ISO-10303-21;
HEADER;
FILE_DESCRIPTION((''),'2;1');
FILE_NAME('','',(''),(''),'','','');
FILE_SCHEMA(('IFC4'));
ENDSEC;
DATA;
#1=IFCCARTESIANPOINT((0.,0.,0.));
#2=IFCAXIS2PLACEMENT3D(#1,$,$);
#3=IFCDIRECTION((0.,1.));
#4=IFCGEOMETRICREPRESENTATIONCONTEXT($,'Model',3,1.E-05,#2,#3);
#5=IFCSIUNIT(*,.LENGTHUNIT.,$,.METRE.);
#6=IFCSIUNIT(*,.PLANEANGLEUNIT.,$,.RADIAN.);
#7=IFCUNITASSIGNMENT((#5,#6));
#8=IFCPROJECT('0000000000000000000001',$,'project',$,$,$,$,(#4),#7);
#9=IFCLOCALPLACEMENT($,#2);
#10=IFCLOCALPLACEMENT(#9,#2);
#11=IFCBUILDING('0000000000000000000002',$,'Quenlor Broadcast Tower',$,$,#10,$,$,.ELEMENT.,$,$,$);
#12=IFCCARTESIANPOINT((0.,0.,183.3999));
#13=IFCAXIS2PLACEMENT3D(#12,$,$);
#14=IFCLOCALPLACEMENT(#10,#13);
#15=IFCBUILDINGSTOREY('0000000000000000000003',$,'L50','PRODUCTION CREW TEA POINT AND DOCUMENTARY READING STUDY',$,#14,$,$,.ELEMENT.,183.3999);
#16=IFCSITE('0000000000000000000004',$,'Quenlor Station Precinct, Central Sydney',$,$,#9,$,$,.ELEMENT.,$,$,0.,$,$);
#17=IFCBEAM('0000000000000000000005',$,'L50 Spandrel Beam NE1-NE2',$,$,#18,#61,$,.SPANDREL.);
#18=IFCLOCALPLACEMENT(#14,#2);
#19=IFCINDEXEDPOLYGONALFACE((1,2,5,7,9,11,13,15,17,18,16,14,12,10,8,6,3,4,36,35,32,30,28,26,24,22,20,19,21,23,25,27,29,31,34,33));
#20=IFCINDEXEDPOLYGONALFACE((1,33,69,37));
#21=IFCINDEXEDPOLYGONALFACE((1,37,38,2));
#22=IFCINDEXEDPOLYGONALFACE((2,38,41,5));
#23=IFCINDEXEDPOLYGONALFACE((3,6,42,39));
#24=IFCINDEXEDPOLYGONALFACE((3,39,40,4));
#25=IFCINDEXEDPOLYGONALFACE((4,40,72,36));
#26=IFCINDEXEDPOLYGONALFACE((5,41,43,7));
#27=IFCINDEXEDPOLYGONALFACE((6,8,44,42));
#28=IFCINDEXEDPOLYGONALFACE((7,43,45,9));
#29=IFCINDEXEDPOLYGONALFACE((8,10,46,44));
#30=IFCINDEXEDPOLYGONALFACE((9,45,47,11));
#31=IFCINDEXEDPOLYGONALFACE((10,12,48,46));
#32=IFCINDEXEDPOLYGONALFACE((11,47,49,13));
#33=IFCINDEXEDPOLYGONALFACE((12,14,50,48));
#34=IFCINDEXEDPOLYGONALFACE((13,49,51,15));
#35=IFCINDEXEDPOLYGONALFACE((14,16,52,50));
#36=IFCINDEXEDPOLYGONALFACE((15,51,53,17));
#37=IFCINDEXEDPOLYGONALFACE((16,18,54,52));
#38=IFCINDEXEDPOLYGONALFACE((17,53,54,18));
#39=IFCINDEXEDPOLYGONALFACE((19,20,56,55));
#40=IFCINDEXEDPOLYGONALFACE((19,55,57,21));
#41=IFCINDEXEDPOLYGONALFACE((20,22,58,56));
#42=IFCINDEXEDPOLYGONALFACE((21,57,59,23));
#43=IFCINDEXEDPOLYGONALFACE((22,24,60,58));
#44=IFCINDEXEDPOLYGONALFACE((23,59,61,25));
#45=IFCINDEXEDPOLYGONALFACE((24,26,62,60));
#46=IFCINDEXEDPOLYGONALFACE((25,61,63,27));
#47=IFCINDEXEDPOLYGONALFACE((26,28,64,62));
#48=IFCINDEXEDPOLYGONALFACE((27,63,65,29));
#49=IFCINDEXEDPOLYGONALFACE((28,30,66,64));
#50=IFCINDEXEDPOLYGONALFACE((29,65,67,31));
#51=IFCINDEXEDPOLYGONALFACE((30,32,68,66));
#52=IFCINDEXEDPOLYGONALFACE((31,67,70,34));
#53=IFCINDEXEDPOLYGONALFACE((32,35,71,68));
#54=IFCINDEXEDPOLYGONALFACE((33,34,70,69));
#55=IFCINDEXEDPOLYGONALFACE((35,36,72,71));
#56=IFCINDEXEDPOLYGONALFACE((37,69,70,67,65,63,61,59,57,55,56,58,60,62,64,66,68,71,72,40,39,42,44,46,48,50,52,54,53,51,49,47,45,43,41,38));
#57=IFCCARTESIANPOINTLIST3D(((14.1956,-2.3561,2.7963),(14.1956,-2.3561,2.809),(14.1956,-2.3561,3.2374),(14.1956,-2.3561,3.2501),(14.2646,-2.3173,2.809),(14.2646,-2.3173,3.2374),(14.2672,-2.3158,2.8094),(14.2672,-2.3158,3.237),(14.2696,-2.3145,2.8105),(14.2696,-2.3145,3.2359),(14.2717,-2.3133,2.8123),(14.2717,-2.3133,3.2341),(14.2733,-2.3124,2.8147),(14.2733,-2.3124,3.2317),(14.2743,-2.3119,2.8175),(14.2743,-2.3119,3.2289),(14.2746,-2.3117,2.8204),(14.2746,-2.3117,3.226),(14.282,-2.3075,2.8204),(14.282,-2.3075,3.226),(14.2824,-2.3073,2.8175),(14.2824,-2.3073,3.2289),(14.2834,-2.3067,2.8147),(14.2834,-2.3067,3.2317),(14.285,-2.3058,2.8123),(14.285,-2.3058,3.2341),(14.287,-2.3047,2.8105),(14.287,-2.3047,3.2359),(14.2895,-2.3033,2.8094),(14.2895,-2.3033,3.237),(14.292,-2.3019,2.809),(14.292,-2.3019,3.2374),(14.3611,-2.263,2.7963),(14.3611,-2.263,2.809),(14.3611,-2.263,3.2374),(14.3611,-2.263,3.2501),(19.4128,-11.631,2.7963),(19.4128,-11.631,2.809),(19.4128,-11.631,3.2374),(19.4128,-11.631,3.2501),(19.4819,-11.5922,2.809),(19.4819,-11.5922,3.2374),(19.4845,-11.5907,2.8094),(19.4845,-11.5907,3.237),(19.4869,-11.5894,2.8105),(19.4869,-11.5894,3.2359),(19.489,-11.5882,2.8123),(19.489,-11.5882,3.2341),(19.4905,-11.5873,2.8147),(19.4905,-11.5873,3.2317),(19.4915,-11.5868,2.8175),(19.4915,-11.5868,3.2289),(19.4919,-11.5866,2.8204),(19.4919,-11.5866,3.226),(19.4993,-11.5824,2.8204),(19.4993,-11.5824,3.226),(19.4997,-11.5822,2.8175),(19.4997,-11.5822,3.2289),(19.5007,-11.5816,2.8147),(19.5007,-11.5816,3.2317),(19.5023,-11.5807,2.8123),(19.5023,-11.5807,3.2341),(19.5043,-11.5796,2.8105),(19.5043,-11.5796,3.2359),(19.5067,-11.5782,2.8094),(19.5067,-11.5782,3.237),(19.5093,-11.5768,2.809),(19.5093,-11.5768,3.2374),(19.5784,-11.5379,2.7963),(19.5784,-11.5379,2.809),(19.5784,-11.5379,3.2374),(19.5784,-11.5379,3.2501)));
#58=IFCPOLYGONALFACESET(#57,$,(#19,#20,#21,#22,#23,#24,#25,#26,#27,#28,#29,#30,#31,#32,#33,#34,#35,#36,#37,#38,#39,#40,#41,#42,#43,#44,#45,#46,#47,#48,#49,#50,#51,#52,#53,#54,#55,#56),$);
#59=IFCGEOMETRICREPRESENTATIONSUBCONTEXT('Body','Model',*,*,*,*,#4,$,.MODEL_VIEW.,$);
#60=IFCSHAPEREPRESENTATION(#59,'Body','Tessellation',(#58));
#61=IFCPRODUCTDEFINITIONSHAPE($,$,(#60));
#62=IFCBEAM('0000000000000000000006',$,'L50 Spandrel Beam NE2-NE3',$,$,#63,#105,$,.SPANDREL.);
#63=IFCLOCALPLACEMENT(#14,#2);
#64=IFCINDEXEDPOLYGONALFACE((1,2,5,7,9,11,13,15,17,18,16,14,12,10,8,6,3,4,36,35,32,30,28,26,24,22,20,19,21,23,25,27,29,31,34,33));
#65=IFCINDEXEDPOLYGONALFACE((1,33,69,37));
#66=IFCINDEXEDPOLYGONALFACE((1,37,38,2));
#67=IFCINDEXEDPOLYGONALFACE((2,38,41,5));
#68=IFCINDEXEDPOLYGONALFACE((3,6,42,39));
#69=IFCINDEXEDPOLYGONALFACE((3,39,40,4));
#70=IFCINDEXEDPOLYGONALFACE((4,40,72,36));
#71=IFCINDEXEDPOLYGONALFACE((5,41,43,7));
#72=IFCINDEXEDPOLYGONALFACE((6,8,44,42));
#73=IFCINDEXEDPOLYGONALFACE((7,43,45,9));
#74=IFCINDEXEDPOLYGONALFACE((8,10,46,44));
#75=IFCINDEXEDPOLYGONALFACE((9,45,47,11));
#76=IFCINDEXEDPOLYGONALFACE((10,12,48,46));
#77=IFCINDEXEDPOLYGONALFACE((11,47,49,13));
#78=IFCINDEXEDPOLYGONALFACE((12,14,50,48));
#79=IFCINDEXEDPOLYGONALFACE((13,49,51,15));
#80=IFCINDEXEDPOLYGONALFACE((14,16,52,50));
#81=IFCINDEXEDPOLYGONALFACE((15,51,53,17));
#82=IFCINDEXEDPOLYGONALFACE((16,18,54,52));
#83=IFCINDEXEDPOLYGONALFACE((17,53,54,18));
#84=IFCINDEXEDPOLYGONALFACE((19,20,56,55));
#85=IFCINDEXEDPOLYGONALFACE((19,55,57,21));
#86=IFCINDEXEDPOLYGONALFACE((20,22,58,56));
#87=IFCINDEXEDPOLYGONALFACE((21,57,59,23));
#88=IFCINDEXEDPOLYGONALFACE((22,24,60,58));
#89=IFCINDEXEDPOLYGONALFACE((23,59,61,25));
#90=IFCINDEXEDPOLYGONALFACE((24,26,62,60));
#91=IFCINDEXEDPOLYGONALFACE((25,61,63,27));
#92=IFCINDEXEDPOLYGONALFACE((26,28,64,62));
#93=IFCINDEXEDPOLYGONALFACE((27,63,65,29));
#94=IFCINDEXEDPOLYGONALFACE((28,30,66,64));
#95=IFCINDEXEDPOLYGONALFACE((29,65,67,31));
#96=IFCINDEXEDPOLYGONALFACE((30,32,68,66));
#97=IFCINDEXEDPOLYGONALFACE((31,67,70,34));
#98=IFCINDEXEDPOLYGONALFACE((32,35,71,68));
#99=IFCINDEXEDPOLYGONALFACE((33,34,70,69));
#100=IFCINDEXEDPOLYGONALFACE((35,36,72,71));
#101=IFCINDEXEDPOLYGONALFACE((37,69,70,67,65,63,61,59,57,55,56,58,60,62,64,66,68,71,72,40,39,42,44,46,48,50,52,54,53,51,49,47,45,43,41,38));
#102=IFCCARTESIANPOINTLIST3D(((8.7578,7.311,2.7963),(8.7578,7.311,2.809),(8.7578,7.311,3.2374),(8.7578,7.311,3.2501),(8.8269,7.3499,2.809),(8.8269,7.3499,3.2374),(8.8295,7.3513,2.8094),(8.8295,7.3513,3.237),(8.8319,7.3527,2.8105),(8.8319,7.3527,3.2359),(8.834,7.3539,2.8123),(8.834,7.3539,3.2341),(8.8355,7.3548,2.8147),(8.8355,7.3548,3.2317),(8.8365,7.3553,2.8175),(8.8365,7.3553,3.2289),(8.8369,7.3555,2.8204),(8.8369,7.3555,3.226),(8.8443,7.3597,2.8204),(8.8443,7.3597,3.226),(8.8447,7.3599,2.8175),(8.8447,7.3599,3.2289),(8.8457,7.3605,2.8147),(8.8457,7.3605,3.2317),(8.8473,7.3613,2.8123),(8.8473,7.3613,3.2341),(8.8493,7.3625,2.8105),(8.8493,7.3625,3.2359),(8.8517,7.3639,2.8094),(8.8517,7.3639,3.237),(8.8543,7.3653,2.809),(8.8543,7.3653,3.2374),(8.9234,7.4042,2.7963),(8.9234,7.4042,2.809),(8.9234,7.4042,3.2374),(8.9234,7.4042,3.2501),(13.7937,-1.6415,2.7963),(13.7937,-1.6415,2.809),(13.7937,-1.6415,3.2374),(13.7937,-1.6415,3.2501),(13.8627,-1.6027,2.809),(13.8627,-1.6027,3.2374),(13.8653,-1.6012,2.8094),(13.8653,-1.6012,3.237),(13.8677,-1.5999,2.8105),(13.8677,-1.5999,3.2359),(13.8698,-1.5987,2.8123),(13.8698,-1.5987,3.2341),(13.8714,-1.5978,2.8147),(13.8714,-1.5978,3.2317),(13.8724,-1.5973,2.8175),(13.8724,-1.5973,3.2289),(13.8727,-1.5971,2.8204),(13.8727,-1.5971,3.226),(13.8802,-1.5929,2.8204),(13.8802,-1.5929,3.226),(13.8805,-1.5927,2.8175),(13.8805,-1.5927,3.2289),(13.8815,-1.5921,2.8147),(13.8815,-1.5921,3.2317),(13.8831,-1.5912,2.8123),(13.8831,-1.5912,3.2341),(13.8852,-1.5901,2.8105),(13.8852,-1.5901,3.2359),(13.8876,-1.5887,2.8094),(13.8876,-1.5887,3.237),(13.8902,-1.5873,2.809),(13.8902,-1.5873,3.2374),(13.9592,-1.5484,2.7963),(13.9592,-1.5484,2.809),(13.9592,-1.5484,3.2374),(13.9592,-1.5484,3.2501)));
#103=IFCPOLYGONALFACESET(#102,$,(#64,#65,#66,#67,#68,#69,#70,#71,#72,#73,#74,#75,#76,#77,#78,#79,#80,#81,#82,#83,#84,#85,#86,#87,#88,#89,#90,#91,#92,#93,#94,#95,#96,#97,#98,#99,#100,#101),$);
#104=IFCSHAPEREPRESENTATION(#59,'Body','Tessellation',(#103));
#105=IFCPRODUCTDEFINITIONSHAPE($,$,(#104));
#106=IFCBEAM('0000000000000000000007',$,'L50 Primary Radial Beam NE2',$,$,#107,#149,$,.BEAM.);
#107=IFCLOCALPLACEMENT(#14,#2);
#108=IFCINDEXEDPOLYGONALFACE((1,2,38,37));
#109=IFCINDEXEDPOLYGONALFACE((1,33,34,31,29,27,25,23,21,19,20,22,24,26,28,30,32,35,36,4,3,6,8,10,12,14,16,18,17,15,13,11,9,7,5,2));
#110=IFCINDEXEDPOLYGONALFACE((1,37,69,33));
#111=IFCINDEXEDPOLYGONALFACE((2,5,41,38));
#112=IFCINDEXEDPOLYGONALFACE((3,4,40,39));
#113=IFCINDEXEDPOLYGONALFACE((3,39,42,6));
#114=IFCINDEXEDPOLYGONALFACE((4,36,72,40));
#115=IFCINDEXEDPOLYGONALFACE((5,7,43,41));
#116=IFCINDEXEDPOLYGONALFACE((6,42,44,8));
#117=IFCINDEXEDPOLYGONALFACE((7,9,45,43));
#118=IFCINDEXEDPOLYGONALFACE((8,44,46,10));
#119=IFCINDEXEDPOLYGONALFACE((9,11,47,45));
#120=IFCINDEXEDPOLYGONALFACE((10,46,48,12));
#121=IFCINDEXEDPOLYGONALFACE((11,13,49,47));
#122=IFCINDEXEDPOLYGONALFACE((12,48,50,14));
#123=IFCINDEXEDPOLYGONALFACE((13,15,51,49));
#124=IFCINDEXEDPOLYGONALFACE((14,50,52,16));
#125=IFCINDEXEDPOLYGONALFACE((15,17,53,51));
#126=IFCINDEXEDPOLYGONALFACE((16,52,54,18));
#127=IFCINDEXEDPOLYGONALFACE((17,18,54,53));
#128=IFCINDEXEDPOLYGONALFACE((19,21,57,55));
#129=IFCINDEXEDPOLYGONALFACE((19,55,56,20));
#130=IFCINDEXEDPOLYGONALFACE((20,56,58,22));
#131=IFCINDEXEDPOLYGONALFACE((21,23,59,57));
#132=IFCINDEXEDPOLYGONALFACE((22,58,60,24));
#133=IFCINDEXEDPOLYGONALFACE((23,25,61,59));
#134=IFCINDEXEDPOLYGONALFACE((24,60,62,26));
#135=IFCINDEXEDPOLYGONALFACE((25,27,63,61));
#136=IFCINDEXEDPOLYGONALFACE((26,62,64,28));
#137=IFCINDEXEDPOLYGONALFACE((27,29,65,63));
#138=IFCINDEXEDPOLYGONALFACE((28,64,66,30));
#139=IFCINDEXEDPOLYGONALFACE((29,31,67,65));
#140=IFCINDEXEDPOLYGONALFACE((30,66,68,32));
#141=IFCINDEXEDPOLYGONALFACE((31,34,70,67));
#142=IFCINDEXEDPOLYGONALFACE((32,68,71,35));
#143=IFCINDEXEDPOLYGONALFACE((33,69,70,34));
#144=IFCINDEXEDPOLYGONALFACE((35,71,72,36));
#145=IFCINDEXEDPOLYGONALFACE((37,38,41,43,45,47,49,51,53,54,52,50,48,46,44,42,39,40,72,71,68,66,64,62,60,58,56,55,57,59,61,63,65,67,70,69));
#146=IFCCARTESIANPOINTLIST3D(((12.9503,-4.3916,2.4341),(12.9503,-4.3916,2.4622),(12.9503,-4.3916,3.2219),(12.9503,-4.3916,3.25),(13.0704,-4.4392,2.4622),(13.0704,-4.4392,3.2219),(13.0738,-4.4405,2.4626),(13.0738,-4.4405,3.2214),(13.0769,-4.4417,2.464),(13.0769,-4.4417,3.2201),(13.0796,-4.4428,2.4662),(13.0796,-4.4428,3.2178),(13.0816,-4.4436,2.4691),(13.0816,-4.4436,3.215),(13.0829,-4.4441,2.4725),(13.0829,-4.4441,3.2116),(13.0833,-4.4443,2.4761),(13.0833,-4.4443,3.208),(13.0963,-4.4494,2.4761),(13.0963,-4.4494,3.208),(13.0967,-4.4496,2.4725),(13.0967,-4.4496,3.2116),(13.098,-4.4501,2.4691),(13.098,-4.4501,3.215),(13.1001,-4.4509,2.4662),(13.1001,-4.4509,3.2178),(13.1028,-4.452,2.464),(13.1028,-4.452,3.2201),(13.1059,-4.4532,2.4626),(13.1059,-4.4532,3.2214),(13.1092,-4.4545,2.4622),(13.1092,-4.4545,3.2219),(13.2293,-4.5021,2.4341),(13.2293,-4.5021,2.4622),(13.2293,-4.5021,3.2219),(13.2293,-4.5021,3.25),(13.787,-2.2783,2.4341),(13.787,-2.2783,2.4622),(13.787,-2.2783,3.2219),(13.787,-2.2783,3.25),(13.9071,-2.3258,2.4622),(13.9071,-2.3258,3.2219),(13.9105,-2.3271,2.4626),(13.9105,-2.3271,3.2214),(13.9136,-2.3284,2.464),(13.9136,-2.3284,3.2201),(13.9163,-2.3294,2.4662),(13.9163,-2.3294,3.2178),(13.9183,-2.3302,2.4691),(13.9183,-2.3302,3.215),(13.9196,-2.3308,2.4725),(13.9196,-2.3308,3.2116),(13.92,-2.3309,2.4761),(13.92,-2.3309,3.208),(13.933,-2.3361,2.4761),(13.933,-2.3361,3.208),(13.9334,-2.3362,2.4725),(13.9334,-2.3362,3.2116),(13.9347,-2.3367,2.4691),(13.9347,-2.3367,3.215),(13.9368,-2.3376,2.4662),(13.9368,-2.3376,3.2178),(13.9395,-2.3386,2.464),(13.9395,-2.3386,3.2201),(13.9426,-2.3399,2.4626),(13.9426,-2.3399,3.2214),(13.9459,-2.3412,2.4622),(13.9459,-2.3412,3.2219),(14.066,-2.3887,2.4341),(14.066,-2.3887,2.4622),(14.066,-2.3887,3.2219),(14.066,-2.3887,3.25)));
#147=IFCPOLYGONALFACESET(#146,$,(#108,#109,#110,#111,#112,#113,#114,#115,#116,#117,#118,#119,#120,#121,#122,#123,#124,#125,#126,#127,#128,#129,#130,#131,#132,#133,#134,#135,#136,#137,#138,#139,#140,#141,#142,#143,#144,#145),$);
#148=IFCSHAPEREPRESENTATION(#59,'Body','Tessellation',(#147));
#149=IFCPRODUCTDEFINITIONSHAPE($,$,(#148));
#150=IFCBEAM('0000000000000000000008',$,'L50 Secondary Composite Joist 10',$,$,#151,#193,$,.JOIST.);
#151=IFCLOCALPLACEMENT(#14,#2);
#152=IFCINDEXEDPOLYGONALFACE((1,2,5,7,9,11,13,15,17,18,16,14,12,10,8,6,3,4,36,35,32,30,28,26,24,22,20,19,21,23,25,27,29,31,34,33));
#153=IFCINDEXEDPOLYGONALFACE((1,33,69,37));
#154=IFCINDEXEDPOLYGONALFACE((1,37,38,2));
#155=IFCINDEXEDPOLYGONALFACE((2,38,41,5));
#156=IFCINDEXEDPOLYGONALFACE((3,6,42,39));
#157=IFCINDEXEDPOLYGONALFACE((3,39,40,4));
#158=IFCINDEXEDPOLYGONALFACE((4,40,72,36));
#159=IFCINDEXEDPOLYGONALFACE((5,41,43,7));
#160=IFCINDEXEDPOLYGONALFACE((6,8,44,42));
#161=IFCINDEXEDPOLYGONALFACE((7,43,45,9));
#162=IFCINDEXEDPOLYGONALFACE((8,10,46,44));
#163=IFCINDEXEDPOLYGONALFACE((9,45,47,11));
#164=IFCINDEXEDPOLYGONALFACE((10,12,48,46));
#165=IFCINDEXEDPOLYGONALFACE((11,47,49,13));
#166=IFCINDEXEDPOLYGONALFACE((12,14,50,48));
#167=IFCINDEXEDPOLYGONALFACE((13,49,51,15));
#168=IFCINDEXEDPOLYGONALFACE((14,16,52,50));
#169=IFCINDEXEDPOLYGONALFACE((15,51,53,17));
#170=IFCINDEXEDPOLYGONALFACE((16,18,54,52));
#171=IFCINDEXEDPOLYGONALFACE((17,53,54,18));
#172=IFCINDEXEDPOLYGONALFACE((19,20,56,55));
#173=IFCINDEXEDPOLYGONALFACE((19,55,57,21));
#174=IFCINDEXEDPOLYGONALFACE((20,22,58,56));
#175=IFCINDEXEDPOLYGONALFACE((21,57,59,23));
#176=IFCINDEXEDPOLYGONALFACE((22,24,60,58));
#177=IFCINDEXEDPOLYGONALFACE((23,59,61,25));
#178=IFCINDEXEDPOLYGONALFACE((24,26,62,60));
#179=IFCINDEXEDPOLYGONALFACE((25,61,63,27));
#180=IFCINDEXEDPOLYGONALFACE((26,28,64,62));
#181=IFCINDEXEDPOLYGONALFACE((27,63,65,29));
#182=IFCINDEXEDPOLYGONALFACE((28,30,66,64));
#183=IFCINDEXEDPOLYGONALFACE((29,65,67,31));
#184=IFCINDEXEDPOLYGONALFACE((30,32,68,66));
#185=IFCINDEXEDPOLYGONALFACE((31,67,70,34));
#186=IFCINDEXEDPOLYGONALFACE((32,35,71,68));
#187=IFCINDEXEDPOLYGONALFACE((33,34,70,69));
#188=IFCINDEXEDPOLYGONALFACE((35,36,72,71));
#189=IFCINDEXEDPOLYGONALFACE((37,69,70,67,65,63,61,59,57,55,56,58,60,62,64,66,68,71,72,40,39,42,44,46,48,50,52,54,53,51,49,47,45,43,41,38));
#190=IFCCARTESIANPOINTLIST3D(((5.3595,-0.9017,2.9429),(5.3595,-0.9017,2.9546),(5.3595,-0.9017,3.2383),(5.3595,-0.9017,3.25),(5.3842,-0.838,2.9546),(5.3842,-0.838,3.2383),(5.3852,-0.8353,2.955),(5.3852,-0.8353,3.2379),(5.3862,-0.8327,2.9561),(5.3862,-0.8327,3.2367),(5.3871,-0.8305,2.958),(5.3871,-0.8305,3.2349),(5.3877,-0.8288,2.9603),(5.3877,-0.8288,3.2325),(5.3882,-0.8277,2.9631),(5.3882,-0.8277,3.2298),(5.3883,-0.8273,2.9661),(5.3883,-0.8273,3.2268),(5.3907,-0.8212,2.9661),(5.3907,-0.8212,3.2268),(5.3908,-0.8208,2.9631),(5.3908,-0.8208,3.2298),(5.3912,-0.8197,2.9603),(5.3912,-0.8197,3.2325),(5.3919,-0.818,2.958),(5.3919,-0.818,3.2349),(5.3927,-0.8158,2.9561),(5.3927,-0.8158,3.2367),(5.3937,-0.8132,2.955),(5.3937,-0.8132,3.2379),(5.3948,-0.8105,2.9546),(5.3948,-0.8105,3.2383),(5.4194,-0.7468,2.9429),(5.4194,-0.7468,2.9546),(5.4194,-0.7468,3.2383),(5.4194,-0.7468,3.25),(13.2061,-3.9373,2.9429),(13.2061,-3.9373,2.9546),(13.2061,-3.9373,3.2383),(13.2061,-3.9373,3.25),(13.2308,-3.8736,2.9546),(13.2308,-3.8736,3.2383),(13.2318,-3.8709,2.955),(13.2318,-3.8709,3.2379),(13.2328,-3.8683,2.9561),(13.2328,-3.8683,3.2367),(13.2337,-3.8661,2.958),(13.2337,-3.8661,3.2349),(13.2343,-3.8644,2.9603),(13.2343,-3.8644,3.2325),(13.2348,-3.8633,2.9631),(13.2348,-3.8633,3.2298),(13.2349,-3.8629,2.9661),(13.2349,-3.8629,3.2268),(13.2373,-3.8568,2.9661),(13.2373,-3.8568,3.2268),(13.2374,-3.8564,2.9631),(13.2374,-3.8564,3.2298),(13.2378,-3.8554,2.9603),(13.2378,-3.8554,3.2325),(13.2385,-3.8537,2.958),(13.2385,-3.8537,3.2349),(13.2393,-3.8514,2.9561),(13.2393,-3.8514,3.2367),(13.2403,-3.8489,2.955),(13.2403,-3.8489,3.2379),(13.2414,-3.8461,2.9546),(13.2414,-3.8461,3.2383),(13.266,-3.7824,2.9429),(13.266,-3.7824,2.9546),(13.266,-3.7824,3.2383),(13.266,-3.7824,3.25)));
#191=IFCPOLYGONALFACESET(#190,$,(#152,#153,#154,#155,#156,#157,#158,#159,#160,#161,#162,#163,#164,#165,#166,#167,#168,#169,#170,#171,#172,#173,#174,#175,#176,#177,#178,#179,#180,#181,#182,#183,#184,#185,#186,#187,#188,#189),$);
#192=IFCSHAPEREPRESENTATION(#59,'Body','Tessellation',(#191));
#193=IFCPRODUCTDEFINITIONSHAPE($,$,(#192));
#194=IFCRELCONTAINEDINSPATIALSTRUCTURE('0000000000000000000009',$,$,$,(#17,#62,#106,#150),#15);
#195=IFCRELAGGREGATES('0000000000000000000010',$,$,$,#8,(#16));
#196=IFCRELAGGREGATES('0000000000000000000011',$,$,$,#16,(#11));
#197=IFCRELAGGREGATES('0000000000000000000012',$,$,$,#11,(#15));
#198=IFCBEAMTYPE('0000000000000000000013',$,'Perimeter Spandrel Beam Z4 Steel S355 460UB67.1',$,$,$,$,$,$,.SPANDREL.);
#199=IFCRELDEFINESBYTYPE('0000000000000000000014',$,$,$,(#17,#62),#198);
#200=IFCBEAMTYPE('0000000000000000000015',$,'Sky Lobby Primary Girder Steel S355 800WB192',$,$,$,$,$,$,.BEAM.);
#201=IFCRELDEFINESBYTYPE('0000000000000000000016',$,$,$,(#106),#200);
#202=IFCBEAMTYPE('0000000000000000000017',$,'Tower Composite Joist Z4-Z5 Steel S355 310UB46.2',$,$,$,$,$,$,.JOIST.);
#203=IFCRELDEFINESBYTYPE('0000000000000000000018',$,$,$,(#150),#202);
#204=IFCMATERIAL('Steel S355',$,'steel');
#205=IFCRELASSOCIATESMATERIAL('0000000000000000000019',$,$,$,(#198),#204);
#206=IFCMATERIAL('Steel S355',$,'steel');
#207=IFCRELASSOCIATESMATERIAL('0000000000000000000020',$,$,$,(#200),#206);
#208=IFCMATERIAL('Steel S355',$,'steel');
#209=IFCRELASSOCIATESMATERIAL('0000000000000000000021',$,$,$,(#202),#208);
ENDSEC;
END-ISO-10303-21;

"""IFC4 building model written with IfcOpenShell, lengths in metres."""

from ifc_helpers import new_model, si_unit, direction, frame, origin, origin_2d, place, context, subcontext, project, spatial, i_section, extrude, material, material_profile, profile_set, type_object, element, save


model = new_model("IFC4")

# Units and contexts
model_context = context("Model", 3, precision=1e-05, world=origin(), true_north=direction((0.0, 1.0)))
body_context = subcontext(model_context, "Body", "Model", "MODEL_VIEW")
ifc_project = project(units=[si_unit("LENGTHUNIT", "METRE"), si_unit("PLANEANGLEUNIT", "RADIAN")], contexts=[model_context])

# Site, building, storey
site_placement = place(None, origin())
site = spatial("IfcSite", under=ifc_project, at=site_placement, Name="Quenlor Station Precinct, Central Sydney", CompositionType="ELEMENT", RefElevation=0.0)
building_placement = place(site_placement, origin())
building = spatial("IfcBuilding", under=site, at=building_placement, Name="Quenlor Broadcast Tower", CompositionType="ELEMENT")
storey_placement = place(building_placement, frame((0.0, 0.0, 183.3999)))
storey = spatial("IfcBuildingStorey", under=building, at=storey_placement, Name="L50", Description="PRODUCTION CREW TEA POINT AND DOCUMENTARY READING STUDY", CompositionType="ELEMENT", Elevation=183.3999)

# Beams
ifc_material_1 = material(Name="Steel S355", Category="steel")
ifc_material_profile_1 = material_profile(ifc_material_1, i_section(OverallWidth=0.1899, OverallDepth=0.4539, WebThickness=0.0085, FlangeThickness=0.0127, FilletRadius=0.0115, at=origin_2d()))
ifc_profile_set_1 = profile_set([ifc_material_profile_1], Name="Steel S355 460UB67.1")
beam_type_1 = type_object("IfcBeamType", Name="Perimeter Spandrel Beam Z4 Steel S355 460UB67.1", PredefinedType="SPANDREL", material=ifc_profile_set_1)
beam_1_placement = place(storey_placement, frame((19.4956, -11.5845, 3.0232), z_axis=(-0.490272, 0.871569, 0.0), x_axis=(-0.871569, -0.490272, 0.0)))
element("IfcBeam", 1, at=beam_1_placement, inside=storey, type_object=beam_type_1, Name="L50 Spandrel Beam NE1-NE2", PredefinedType="SPANDREL", context=body_context, shape_type="SweptSolid", body=[
    extrude(i_section(OverallWidth=0.1899, OverallDepth=0.4539, WebThickness=0.0085, FlangeThickness=0.0127, FilletRadius=0.0115, at=origin_2d()), origin(), (0.0, 0.0, 1.0), 10.6416),
])
beam_2_placement = place(storey_placement, frame((13.8765, -1.595, 3.0232), z_axis=(-0.490263, 0.871574, 0.0), x_axis=(-0.871574, -0.490263, 0.0)))
element("IfcBeam", 2, at=beam_2_placement, inside=storey, type_object=beam_type_1, Name="L50 Spandrel Beam NE2-NE3", PredefinedType="SPANDREL", context=body_context, shape_type="SweptSolid", body=[
    extrude(i_section(OverallWidth=0.1899, OverallDepth=0.4539, WebThickness=0.0085, FlangeThickness=0.0127, FilletRadius=0.0115, at=origin_2d()), origin(), (0.0, 0.0, 1.0), 10.2717),
])
ifc_material_2 = material(Name="Steel S355", Category="steel")
ifc_material_profile_2 = material_profile(ifc_material_2, i_section(OverallWidth=0.3, OverallDepth=0.8159, WebThickness=0.0139, FlangeThickness=0.0281, FilletRadius=0.0139, at=origin_2d()))
ifc_profile_set_2 = profile_set([ifc_material_profile_2], Name="Steel S355 800WB192")
beam_type_2 = type_object("IfcBeamType", Name="Sky Lobby Primary Girder Steel S355 800WB192", PredefinedType="BEAM", material=ifc_profile_set_2)
beam_3_placement = place(storey_placement, frame((13.9265, -2.3335, 2.842), z_axis=(-0.36811, -0.929782, 0.0), x_axis=(0.929782, -0.36811, 0.0)))
element("IfcBeam", 3, at=beam_3_placement, inside=storey, type_object=beam_type_2, Name="L50 Primary Radial Beam NE2", PredefinedType="BEAM", context=body_context, shape_type="SweptSolid", body=[
    extrude(i_section(OverallWidth=0.3, OverallDepth=0.8159, WebThickness=0.0139, FlangeThickness=0.0281, FilletRadius=0.0139, at=origin_2d()), origin(), (0.0, 0.0, 1.0), 2.2729),
])
ifc_material_3 = material(Name="Steel S355", Category="steel")
ifc_material_profile_3 = material_profile(ifc_material_3, i_section(OverallWidth=0.166, OverallDepth=0.3071, WebThickness=0.0066, FlangeThickness=0.0117, FilletRadius=0.0115, at=origin_2d()))
ifc_profile_set_3 = profile_set([ifc_material_profile_3], Name="Steel S355 310UB46.2")
beam_type_3 = type_object("IfcBeamType", Name="Tower Composite Joist Z4-Z5 Steel S355 310UB46.2", PredefinedType="JOIST", material=ifc_profile_set_3)
beam_4_placement = place(storey_placement, frame((13.2361, -3.8599, 3.0964), z_axis=(-0.932639, 0.36081, 0.0), x_axis=(-0.36081, -0.932639, 0.0)))
element("IfcBeam", 4, at=beam_4_placement, inside=storey, type_object=beam_type_3, Name="L50 Secondary Composite Joist 10", PredefinedType="JOIST", context=body_context, shape_type="SweptSolid", body=[
    extrude(i_section(OverallWidth=0.166, OverallDepth=0.3071, WebThickness=0.0066, FlangeThickness=0.0117, FilletRadius=0.0115, at=origin_2d()), origin(), (0.0, 0.0, 1.0), 8.4133),
])

save(model, "model.ifc")
